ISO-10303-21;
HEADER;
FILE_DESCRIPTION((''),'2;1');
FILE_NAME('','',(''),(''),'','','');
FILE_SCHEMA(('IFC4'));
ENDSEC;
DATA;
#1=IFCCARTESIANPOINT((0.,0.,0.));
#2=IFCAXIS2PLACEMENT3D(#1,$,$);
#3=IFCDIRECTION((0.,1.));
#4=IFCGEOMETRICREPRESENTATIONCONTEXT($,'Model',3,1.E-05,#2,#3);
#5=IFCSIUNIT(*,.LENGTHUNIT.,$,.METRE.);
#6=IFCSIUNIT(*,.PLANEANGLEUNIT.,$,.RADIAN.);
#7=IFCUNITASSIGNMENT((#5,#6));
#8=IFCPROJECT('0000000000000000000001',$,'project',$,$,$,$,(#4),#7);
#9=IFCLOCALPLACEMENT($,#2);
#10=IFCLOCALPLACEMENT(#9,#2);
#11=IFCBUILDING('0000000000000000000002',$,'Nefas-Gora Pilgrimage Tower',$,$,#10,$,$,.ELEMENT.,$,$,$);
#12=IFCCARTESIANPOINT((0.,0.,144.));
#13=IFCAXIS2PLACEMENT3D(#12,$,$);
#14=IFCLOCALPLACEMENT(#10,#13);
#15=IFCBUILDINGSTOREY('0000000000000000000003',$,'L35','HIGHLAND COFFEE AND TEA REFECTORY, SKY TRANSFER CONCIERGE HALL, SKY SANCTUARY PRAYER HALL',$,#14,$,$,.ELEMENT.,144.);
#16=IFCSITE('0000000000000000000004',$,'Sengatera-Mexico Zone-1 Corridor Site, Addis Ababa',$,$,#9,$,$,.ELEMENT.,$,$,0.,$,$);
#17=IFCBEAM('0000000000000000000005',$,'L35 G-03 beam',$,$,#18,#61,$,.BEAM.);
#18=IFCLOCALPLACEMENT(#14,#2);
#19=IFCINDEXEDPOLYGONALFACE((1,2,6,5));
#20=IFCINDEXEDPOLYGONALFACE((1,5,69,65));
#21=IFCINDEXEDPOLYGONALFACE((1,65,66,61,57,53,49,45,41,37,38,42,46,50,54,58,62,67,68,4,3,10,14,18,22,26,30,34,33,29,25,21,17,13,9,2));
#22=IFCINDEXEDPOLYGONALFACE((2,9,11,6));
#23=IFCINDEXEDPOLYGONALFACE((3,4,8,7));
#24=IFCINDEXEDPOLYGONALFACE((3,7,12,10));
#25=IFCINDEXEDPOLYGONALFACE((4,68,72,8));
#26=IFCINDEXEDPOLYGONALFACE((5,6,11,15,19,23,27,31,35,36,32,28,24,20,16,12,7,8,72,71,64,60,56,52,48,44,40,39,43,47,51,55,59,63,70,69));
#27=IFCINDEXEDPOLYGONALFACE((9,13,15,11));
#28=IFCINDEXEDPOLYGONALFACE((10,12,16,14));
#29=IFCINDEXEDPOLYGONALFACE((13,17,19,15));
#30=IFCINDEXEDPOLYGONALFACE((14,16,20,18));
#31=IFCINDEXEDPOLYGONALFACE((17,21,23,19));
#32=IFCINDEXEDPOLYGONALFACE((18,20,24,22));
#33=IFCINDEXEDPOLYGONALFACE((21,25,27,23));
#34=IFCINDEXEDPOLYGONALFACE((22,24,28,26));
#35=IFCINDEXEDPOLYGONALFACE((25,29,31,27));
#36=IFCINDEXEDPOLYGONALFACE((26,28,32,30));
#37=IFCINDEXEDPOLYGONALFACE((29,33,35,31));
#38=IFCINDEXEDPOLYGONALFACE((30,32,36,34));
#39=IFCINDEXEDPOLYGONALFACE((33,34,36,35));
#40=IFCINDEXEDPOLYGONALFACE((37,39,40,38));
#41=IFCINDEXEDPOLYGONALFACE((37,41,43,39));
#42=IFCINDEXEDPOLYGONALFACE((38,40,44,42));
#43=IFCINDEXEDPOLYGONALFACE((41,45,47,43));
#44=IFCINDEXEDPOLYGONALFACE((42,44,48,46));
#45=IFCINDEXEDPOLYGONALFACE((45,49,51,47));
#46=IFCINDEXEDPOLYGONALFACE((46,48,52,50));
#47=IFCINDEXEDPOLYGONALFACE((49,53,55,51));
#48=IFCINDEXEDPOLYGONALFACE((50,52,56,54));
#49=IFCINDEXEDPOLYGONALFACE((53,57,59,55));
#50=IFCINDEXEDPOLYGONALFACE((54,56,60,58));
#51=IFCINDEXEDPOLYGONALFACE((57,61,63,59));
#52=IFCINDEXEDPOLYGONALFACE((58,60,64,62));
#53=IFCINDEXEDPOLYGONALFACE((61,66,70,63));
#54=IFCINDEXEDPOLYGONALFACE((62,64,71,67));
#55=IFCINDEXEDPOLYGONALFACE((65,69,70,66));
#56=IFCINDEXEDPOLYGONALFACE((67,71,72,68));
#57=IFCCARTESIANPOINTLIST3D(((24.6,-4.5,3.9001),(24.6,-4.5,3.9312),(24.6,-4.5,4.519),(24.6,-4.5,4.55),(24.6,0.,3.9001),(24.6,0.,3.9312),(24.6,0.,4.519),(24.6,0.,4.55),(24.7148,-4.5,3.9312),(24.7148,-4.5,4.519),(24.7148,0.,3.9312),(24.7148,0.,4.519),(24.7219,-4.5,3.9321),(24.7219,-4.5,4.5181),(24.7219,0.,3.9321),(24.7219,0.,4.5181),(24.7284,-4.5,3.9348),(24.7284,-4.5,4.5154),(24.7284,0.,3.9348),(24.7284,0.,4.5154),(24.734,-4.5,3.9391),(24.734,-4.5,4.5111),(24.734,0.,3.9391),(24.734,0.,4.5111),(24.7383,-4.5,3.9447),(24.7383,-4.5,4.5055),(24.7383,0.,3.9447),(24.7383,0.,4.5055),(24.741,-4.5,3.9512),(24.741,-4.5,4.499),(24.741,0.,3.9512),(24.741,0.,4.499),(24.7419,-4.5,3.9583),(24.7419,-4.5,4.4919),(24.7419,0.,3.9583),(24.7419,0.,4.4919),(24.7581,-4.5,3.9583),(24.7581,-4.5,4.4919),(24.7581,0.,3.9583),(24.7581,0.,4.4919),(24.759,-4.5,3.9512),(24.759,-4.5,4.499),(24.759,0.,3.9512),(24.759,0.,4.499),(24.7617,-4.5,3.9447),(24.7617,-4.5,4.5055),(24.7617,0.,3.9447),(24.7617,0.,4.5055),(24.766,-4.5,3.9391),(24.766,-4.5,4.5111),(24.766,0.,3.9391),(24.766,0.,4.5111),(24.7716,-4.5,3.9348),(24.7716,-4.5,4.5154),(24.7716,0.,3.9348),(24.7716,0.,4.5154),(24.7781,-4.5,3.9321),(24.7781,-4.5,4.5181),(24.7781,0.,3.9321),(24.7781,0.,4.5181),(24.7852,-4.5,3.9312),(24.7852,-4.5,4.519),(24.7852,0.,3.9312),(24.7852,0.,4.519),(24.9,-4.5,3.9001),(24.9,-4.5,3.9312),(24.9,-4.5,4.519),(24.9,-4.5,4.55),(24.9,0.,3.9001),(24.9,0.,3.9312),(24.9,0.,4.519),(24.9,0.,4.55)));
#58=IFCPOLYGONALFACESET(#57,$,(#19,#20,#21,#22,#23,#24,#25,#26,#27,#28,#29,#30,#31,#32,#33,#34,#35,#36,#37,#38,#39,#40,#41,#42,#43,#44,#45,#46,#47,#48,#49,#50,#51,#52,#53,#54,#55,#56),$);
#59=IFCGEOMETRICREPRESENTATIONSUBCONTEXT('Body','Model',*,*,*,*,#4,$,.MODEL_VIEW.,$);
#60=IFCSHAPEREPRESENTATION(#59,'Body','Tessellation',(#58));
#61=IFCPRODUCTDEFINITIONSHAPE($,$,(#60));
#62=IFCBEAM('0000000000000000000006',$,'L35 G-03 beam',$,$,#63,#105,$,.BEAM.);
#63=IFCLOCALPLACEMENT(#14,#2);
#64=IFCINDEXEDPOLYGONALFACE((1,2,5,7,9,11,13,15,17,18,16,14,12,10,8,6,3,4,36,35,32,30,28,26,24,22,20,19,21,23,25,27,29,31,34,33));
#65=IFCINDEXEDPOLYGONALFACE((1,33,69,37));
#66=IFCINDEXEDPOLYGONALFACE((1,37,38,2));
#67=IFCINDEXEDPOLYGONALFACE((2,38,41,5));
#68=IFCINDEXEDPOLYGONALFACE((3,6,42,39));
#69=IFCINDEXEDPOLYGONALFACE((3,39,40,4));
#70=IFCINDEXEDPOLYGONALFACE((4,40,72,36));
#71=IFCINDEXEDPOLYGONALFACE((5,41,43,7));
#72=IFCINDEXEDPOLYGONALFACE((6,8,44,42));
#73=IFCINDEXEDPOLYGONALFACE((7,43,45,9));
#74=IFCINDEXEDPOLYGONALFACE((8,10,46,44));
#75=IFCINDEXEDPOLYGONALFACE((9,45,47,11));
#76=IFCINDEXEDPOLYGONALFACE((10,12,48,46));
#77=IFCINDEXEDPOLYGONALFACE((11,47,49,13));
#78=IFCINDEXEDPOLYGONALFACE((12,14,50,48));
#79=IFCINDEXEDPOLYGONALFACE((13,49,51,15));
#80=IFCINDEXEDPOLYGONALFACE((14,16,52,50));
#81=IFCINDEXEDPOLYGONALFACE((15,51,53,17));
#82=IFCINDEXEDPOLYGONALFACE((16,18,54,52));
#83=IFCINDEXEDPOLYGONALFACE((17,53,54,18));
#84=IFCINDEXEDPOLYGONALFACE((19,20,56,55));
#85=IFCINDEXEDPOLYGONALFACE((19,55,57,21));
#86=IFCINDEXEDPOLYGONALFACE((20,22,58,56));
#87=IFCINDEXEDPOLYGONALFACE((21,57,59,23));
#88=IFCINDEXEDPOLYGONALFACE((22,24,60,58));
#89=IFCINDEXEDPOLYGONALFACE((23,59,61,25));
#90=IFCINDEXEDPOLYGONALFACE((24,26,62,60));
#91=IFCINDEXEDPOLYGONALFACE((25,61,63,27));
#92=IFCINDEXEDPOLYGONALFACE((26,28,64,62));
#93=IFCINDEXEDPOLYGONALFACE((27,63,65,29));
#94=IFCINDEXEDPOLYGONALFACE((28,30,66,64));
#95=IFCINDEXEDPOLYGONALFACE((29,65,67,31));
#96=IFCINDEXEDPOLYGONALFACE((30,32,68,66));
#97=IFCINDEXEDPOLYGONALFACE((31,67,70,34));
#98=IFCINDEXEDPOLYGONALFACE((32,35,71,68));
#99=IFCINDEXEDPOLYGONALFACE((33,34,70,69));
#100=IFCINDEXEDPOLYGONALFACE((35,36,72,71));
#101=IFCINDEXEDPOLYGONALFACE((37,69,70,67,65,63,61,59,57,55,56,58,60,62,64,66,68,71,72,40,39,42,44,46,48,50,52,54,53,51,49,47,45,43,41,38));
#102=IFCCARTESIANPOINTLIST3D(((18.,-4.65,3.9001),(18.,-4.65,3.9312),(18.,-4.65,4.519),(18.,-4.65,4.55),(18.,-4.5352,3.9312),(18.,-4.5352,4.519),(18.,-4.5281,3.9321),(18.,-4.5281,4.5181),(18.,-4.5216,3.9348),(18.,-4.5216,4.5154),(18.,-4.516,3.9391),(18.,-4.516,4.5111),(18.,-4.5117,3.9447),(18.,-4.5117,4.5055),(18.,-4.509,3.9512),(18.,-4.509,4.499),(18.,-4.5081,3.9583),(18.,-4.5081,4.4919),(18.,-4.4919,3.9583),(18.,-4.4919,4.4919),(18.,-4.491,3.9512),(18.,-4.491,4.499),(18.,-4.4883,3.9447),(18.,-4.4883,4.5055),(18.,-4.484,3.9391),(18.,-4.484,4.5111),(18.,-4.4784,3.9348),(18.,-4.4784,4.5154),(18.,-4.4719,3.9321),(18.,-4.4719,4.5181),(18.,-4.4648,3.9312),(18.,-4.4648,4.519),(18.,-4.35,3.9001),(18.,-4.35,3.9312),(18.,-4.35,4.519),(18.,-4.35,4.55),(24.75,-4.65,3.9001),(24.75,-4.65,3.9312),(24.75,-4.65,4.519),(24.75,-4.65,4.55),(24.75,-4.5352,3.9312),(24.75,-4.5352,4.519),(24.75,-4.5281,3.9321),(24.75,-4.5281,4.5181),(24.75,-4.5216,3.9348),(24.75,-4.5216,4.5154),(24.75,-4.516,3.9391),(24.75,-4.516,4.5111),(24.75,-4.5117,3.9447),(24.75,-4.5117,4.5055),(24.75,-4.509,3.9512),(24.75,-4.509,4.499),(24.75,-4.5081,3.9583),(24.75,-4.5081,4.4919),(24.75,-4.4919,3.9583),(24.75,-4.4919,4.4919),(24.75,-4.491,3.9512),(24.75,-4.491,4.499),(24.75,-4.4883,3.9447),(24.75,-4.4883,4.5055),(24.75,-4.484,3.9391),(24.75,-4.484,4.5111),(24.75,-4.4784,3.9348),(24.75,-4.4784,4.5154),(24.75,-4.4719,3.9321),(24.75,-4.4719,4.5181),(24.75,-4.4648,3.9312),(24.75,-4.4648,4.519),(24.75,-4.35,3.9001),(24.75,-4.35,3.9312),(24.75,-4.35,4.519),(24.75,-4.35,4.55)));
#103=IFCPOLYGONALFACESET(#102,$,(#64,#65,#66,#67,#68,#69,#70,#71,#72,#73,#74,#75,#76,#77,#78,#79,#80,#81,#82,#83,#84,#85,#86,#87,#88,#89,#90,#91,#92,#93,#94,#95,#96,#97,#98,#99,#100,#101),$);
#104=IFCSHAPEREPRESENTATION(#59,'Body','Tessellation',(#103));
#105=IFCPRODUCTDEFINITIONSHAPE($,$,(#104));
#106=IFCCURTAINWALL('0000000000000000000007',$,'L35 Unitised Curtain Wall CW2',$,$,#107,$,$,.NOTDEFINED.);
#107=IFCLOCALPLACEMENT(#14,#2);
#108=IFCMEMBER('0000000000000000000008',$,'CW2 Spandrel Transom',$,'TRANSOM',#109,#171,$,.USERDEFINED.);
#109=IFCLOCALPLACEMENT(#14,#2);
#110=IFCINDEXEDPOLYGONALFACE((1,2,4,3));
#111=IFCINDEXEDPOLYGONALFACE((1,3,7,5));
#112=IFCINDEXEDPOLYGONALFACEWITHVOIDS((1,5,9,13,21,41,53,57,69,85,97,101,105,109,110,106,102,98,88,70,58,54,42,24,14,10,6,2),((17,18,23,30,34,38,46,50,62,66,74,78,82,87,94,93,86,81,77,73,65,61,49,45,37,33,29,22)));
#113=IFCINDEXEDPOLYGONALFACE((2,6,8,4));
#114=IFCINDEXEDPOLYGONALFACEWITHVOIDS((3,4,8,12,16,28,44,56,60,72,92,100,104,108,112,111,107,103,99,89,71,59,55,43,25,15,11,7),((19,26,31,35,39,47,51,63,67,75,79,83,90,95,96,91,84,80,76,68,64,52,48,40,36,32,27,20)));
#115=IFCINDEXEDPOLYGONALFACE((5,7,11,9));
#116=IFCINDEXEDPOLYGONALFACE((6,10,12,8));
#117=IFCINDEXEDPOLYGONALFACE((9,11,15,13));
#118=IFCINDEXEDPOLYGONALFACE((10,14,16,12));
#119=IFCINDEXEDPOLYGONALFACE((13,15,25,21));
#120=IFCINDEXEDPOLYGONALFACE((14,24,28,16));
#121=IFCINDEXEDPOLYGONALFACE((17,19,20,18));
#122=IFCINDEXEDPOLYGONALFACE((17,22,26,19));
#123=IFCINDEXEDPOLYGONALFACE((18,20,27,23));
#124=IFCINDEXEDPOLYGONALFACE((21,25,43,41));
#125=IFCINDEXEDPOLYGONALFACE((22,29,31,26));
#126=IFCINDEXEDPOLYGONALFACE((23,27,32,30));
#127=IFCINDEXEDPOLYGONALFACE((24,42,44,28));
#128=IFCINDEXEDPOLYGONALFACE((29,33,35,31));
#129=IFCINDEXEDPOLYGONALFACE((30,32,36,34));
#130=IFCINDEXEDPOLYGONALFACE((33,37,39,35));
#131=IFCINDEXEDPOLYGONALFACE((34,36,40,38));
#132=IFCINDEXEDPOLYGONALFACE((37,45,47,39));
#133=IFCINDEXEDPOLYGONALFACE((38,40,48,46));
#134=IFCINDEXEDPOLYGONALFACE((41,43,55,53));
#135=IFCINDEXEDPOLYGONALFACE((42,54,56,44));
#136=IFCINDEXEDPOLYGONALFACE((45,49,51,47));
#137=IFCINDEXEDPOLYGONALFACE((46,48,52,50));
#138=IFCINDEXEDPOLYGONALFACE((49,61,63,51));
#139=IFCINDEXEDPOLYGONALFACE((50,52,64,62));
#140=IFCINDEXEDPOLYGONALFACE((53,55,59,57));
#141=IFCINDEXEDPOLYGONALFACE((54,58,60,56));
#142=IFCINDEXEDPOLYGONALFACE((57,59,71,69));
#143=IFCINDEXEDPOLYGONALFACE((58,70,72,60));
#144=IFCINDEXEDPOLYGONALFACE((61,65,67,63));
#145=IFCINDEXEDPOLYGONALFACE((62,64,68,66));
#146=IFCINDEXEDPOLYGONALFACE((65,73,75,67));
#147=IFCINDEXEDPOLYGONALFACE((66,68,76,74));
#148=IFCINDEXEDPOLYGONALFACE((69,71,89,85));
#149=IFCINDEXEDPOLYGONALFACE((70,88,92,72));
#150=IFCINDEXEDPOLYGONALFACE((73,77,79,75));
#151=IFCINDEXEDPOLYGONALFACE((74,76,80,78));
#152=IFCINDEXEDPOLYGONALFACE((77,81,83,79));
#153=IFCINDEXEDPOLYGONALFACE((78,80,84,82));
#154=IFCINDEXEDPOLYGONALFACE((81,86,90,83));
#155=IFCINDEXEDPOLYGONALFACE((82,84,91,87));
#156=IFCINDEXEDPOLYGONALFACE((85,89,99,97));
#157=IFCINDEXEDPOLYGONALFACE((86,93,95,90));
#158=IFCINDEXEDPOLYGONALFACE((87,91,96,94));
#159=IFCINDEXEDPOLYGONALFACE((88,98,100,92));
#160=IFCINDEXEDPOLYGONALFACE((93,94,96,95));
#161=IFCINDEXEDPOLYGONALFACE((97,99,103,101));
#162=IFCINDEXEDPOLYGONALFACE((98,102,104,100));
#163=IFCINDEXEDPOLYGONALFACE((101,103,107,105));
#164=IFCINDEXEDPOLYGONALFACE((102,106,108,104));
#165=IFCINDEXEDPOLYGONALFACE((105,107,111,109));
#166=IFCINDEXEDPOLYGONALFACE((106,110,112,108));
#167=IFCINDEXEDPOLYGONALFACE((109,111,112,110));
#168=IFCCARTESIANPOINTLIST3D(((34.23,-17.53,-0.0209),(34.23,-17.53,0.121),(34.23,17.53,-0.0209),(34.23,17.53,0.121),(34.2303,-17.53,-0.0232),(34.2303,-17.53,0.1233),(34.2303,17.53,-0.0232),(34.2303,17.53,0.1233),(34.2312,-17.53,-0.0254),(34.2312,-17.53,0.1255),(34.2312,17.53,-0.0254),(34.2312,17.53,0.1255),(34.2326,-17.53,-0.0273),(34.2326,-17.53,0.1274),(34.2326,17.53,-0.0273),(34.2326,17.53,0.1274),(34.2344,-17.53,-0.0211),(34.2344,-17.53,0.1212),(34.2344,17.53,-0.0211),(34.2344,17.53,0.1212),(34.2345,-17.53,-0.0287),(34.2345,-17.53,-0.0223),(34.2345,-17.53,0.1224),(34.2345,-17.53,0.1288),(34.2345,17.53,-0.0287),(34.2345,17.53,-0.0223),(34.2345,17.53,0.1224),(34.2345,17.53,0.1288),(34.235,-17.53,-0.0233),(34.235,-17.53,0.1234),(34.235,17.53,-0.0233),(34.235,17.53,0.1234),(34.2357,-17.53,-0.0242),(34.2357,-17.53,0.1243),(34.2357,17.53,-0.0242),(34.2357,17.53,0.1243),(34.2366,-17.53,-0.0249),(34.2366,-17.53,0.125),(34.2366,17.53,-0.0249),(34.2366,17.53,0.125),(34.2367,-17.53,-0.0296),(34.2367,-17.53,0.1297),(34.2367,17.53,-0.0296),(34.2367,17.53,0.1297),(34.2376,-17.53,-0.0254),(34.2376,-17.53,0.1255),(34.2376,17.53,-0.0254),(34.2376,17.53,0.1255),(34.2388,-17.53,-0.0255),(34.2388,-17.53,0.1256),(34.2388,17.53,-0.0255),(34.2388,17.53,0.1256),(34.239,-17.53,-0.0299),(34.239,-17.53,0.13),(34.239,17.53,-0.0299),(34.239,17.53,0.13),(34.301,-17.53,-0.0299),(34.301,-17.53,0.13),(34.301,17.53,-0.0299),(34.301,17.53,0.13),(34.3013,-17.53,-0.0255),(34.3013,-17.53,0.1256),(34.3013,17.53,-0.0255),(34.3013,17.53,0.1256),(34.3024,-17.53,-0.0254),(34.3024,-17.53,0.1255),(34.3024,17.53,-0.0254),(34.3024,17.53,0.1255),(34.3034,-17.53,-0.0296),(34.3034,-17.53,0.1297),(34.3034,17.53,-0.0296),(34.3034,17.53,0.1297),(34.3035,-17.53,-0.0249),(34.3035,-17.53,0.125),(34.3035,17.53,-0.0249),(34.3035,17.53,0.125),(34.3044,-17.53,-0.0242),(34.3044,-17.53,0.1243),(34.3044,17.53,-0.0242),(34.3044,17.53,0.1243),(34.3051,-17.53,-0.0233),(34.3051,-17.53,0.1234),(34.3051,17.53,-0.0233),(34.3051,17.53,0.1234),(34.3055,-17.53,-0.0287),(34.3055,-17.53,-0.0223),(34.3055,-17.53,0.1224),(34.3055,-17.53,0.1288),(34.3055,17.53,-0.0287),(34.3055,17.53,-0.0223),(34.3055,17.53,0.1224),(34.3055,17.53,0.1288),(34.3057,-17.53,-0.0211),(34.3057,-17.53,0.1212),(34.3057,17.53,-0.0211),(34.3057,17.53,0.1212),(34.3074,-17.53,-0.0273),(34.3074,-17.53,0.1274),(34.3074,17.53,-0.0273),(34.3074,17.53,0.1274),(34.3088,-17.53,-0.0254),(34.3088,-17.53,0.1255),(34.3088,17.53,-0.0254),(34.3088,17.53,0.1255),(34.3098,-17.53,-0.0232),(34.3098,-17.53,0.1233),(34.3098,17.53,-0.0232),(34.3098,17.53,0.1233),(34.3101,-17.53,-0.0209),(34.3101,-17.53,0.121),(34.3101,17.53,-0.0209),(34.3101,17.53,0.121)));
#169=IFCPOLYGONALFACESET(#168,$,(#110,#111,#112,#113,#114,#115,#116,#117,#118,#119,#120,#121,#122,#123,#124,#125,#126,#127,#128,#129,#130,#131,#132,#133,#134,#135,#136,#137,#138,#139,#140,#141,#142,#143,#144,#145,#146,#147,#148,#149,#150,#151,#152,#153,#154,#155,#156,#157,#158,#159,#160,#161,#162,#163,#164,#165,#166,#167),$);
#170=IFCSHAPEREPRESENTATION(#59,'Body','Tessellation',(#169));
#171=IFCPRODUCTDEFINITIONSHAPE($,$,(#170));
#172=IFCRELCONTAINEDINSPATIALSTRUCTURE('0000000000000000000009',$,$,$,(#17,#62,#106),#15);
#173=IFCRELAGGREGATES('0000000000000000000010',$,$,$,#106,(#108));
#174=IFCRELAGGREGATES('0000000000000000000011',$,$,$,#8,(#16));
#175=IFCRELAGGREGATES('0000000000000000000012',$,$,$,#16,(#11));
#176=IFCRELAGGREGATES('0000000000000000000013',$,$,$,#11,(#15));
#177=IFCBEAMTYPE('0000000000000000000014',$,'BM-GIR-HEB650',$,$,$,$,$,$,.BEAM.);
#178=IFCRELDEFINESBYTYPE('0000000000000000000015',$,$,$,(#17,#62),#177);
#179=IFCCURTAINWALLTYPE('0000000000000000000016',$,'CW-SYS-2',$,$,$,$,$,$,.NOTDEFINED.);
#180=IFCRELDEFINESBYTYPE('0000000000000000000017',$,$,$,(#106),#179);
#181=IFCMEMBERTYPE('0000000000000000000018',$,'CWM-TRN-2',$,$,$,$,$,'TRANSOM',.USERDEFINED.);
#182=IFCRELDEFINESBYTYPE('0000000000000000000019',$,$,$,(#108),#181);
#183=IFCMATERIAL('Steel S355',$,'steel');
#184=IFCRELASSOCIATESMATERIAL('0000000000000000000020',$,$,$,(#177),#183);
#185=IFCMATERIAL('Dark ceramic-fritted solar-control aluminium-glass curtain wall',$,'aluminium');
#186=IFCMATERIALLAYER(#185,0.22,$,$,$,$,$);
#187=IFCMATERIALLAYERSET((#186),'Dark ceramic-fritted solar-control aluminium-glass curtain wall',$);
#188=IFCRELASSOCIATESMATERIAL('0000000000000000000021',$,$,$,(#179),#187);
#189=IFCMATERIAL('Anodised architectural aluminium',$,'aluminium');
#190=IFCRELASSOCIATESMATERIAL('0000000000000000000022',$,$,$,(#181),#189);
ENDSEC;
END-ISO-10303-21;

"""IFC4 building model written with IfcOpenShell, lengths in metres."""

from ifc_helpers import new_model, si_unit, direction, frame, origin, origin_2d, place, context, subcontext, project, spatial, hollow_rectangle, i_section, extrude, source, transform, mapped, material, layer, layer_set, material_profile, profile_set, type_object, element, aggregate, save


model = new_model("IFC4")

# Units and contexts
model_context = context("Model", 3, precision=1e-05, world=origin(), true_north=direction((0.0, 1.0)))
body_context = subcontext(model_context, "Body", "Model", "MODEL_VIEW")
ifc_project = project(units=[si_unit("LENGTHUNIT", "METRE"), si_unit("PLANEANGLEUNIT", "RADIAN")], contexts=[model_context])

# Site, building, storey
site_placement = place(None, origin())
site = spatial("IfcSite", under=ifc_project, at=site_placement, Name="Sengatera-Mexico Zone-1 Corridor Site, Addis Ababa", CompositionType="ELEMENT", RefElevation=0.0)
building_placement = place(site_placement, origin())
building = spatial("IfcBuilding", under=site, at=building_placement, Name="Nefas-Gora Pilgrimage Tower", CompositionType="ELEMENT")
storey_placement = place(building_placement, frame((0.0, 0.0, 144.0)))
storey = spatial("IfcBuildingStorey", under=building, at=storey_placement, Name="L35", Description="HIGHLAND COFFEE AND TEA REFECTORY, SKY TRANSFER CONCIERGE HALL, SKY SANCTUARY PRAYER HALL", CompositionType="ELEMENT", Elevation=144.0)

# Beams
ifc_material_1 = material(Name="Steel S355", Category="steel")
ifc_material_profile_1 = material_profile(ifc_material_1, i_section(OverallWidth=0.3, OverallDepth=0.6499, WebThickness=0.0161, FlangeThickness=0.031, FilletRadius=0.0271, at=origin_2d()), Name="HEB 650")
ifc_profile_set_1 = profile_set([ifc_material_profile_1], Name="Steel S355")
beam_type = type_object("IfcBeamType", Name="BM-GIR-HEB650", PredefinedType="BEAM", material=ifc_profile_set_1)
shared_shape_1 = source(origin(), body_context, "Body", "SweptSolid", [
    extrude(i_section(OverallWidth=0.3, OverallDepth=0.6499, WebThickness=0.0161, FlangeThickness=0.031, FilletRadius=0.0271, at=origin_2d()), origin(), (0.0, 0.0, 1.0), 4.5),
])
for number, where, z_axis, x_axis, name in (
    (1, (24.75, -4.5, 4.2251), (0.0, 1.0, 0.0), (-1.0, 0.0, 0.0), "L35 G-03 beam"),
):
    element("IfcBeam", number, at=place(storey_placement, frame(where, z_axis=z_axis, x_axis=x_axis)), inside=storey, type_object=beam_type, Name=name, PredefinedType="BEAM", context=body_context, shape_type="MappedRepresentation", body=[
        mapped(shared_shape_1, transform((0.0, 0.0, 0.0), x_axis=(1.0, 0.0, 0.0), y_axis=(0.0, 1.0, 0.0), z_axis=(0.0, 0.0, 1.0), scale=1.0)),
    ])
shared_shape_2 = source(origin(), body_context, "Body", "SweptSolid", [
    extrude(i_section(OverallWidth=0.3, OverallDepth=0.6499, WebThickness=0.0161, FlangeThickness=0.031, FilletRadius=0.0271, at=origin_2d()), origin(), (0.0, 0.0, 1.0), 6.75),
])
beam_1_placement = place(storey_placement, frame((18.0, -4.5, 4.2251), z_axis=(1.0, 0.0, 0.0), x_axis=(0.0, 1.0, 0.0)))
element("IfcBeam", 2, at=beam_1_placement, inside=storey, type_object=beam_type, Name="L35 G-03 beam", PredefinedType="BEAM", context=body_context, shape_type="MappedRepresentation", body=[
    mapped(shared_shape_2, transform((0.0, 0.0, 0.0), x_axis=(1.0, 0.0, 0.0), y_axis=(0.0, 1.0, 0.0), z_axis=(0.0, 0.0, 1.0), scale=1.0)),
])

# Curtain wall, member
ifc_material_2 = material(Name="Dark ceramic-fritted solar-control aluminium-glass curtain wall", Category="aluminium")
ifc_layer_1 = layer(ifc_material_2, 0.22)
ifc_layer_set_1 = layer_set([ifc_layer_1], Name="Dark ceramic-fritted solar-control aluminium-glass curtain wall")
curtain_wall_type = type_object("IfcCurtainWallType", Name="CW-SYS-2", PredefinedType="NOTDEFINED", material=ifc_layer_set_1)
curtain_wall_1_placement = place(storey_placement, origin())
curtain_wall_1 = element("IfcCurtainWall", 3, at=curtain_wall_1_placement, inside=storey, type_object=curtain_wall_type, Name="L35 Unitised Curtain Wall CW2", PredefinedType="NOTDEFINED")
ifc_material_3 = material(Name="Anodised architectural aluminium", Category="aluminium")
ifc_material_profile_2 = material_profile(ifc_material_3, hollow_rectangle(XDim=0.0801, YDim=0.1599, WallThickness=0.0044, InnerFilletRadius=0.0044, OuterFilletRadius=0.009, at=origin_2d()), Name="ALU TRANSOM 80x160")
ifc_profile_set_2 = profile_set([ifc_material_profile_2], Name="Anodised architectural aluminium")
member_type_1 = type_object("IfcMemberType", Name="CWM-TRN-2", ElementType="TRANSOM", PredefinedType="USERDEFINED", material=ifc_profile_set_2)
shared_shape_3 = source(origin(), body_context, "Body", "SweptSolid", [
    extrude(hollow_rectangle(XDim=0.0801, YDim=0.1599, WallThickness=0.0044, InnerFilletRadius=0.0044, OuterFilletRadius=0.009, at=origin_2d()), origin(), (0.0, 0.0, 1.0), 35.0601),
])
member_1_placement = place(storey_placement, frame((34.27, -17.53, 0.05), z_axis=(0.0, 1.0, 0.0), x_axis=(-1.0, 0.0, 0.0)))
member_1 = element("IfcMember", 4, at=member_1_placement, type_object=member_type_1, Name="CW2 Spandrel Transom", ObjectType="TRANSOM", PredefinedType="USERDEFINED", context=body_context, shape_type="MappedRepresentation", body=[
    mapped(shared_shape_3, transform((0.0, 0.0, 0.0), x_axis=(1.0, 0.0, 0.0), y_axis=(0.0, 1.0, 0.0), z_axis=(0.0, 0.0, 1.0), scale=1.0)),
])

aggregate(curtain_wall_1, [member_1])

save(model, "model.ifc")
